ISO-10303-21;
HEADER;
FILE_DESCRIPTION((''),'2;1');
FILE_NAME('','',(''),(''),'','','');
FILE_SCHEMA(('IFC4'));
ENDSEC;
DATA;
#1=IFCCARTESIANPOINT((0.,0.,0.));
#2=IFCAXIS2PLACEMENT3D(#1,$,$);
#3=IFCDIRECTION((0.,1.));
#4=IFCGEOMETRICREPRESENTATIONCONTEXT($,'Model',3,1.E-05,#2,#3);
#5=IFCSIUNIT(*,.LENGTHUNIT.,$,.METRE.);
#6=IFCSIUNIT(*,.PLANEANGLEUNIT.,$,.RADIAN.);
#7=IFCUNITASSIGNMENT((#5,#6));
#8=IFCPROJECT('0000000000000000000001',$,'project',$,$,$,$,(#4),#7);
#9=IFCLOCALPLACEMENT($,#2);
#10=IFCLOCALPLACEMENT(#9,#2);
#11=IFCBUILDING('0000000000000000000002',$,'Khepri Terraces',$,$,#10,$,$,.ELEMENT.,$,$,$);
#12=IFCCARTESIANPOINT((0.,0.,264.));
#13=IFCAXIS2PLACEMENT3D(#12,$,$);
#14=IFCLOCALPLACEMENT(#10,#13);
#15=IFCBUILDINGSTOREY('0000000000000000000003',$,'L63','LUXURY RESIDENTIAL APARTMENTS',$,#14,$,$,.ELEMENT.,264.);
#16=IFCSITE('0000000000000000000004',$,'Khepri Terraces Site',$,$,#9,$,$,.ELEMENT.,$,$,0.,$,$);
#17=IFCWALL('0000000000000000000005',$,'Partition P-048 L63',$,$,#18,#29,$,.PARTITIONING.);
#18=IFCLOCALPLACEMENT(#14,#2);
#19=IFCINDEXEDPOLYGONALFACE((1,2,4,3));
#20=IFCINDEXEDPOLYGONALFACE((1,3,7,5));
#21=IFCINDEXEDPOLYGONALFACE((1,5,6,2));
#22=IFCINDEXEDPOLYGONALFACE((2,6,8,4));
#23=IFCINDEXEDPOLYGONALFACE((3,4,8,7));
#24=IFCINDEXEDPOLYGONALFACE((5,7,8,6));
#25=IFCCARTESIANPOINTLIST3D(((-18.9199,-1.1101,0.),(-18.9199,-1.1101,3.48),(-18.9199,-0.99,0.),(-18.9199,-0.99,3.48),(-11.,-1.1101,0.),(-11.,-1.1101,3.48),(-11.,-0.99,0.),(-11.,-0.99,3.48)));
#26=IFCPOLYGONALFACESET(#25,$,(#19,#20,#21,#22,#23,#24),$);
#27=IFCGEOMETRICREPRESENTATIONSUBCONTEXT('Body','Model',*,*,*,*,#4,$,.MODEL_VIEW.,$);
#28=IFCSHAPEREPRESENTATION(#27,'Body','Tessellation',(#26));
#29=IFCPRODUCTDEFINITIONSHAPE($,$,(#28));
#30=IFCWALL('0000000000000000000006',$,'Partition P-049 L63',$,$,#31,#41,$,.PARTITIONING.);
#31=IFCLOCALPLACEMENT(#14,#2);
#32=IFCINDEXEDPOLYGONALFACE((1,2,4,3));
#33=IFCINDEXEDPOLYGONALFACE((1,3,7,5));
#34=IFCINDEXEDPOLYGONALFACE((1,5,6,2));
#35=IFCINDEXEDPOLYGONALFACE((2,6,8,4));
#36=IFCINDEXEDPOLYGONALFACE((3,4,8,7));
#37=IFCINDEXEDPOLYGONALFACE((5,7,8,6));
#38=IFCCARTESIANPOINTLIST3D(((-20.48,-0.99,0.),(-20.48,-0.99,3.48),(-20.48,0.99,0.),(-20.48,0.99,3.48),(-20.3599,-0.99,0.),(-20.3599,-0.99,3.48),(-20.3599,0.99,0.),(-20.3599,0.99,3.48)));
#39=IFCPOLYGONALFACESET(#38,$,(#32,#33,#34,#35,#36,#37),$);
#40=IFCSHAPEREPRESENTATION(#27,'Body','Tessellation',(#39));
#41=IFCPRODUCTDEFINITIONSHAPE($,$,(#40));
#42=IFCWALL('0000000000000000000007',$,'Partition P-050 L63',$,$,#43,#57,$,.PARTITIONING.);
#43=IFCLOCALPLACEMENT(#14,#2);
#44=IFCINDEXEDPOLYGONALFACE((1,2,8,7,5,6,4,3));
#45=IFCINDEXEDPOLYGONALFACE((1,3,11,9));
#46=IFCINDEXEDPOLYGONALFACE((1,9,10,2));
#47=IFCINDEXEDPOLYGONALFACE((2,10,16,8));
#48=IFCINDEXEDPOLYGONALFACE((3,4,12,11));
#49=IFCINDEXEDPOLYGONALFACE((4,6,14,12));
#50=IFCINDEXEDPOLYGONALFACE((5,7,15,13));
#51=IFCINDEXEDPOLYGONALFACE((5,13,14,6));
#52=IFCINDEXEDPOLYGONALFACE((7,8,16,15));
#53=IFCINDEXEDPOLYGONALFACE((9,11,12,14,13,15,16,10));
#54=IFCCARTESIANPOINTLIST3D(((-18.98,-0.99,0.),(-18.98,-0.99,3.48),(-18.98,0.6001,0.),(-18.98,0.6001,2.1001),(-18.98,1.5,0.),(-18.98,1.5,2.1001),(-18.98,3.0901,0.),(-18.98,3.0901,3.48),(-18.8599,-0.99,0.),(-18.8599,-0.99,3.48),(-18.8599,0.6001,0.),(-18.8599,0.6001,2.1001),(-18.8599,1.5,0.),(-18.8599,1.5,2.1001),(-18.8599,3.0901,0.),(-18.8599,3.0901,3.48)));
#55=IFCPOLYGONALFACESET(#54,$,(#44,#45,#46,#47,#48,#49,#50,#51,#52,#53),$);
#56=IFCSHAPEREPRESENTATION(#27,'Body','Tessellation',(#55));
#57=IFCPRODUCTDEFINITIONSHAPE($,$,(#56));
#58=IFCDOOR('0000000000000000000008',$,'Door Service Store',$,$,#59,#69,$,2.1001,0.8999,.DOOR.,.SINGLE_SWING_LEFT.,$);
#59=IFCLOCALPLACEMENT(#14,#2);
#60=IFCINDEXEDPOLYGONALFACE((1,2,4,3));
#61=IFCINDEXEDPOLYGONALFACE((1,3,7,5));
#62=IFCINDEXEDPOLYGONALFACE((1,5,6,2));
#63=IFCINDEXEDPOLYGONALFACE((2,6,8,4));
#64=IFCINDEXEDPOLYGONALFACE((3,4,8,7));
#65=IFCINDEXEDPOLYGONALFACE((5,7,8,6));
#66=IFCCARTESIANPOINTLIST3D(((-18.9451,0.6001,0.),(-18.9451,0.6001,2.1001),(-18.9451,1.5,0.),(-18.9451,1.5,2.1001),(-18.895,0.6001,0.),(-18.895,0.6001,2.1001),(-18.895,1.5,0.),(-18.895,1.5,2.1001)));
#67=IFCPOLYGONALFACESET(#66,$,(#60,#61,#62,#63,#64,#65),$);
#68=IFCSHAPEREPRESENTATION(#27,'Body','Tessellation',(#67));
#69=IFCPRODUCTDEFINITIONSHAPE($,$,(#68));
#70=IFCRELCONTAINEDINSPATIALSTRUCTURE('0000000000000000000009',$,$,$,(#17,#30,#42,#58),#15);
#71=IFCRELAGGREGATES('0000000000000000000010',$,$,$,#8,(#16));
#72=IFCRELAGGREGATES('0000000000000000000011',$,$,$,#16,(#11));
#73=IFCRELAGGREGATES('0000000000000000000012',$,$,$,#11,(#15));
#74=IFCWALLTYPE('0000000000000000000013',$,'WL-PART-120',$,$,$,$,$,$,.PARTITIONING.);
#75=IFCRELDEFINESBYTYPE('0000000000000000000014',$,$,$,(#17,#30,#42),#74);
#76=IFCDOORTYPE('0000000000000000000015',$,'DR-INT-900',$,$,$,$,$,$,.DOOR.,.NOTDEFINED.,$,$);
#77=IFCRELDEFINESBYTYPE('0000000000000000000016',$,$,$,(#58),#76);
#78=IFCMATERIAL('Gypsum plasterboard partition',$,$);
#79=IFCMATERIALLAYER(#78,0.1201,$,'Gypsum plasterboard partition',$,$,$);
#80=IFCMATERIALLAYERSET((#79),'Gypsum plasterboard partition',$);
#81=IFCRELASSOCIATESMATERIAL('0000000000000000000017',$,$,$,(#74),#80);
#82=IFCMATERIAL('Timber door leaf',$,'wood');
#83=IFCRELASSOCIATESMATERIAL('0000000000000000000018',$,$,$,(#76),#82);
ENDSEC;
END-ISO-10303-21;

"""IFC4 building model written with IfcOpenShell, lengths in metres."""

from ifc_helpers import new_model, si_unit, direction, frame, frame_2d, origin, place, context, subcontext, project, spatial, rectangle, extrude, material, layer, layer_set, type_object, element, fill, save


model = new_model("IFC4")

# Units and contexts
model_context = context("Model", 3, precision=1e-05, world=origin(), true_north=direction((0.0, 1.0)))
body_context = subcontext(model_context, "Body", "Model", "MODEL_VIEW")
ifc_project = project(units=[si_unit("LENGTHUNIT", "METRE"), si_unit("PLANEANGLEUNIT", "RADIAN")], contexts=[model_context])

# Site, building, storey
site_placement = place(None, origin())
site = spatial("IfcSite", under=ifc_project, at=site_placement, Name="Khepri Terraces Site", CompositionType="ELEMENT", RefElevation=0.0)
building_placement = place(site_placement, origin())
building = spatial("IfcBuilding", under=site, at=building_placement, Name="Khepri Terraces", CompositionType="ELEMENT")
storey_placement = place(building_placement, frame((0.0, 0.0, 264.0)))
storey = spatial("IfcBuildingStorey", under=building, at=storey_placement, Name="L63", Description="LUXURY RESIDENTIAL APARTMENTS", CompositionType="ELEMENT", Elevation=264.0)

# Shared definitions
ifc_material_1 = material(Name="Gypsum plasterboard partition")
ifc_layer_1 = layer(ifc_material_1, 0.1201, Name="Gypsum plasterboard partition")
ifc_layer_set_1 = layer_set([ifc_layer_1], Name="Gypsum plasterboard partition")
wall_type_1 = type_object("IfcWallType", Name="WL-PART-120", PredefinedType="PARTITIONING", material=ifc_layer_set_1)

# Shared definitions
ifc_material_2 = material(Name="Timber door leaf", Category="wood")
door_type_1 = type_object("IfcDoorType", Name="DR-INT-900", OperationType="NOTDEFINED", PredefinedType="DOOR", material=ifc_material_2)

# Walls
wall_1_placement = place(storey_placement, frame((-18.9199, -1.05, 0.0), z_axis=(0.0, 0.0, 1.0), x_axis=(1.0, 0.0, 0.0)))
element("IfcWall", 1, at=wall_1_placement, inside=storey, type_object=wall_type_1, Name="Partition P-048 L63", PredefinedType="PARTITIONING", context=body_context, shape_type="SweptSolid", body=[
    extrude(rectangle(XDim=7.9199, YDim=0.1201, at=frame_2d((3.96, 0.0))), origin(), (0.0, 0.0, 1.0), 3.48),
])
wall_2_placement = place(storey_placement, frame((-20.4199, -0.99, 0.0), z_axis=(0.0, 0.0, 1.0), x_axis=(0.0, 1.0, 0.0)))
element("IfcWall", 2, at=wall_2_placement, inside=storey, type_object=wall_type_1, Name="Partition P-049 L63", PredefinedType="PARTITIONING", context=body_context, shape_type="SweptSolid", body=[
    extrude(rectangle(XDim=1.98, YDim=0.1201, at=frame_2d((0.99, 0.0))), origin(), (0.0, 0.0, 1.0), 3.48),
])

# Wall, opening, door
wall_3_placement = place(storey_placement, frame((-18.9199, -0.99, 0.0), z_axis=(0.0, 0.0, 1.0), x_axis=(0.0, 1.0, 0.0)))
wall_3 = element("IfcWall", 3, at=wall_3_placement, inside=storey, type_object=wall_type_1, Name="Partition P-050 L63", PredefinedType="PARTITIONING", context=body_context, shape_type="SweptSolid", body=[
    extrude(rectangle(XDim=4.0801, YDim=0.1201, at=frame_2d((2.04, 0.0))), origin(), (0.0, 0.0, 1.0), 3.48),
])
opening_1_placement = place(wall_3_placement, frame((1.5901, 0.0, 0.0)))
opening_1 = element("IfcOpeningElement", 4, at=opening_1_placement, cuts=wall_3, PredefinedType="OPENING", context=body_context, shape_type="SweptSolid", body=[
    extrude(rectangle(XDim=0.8999, YDim=2.1001, at=frame_2d((0.45, 1.05))), frame((0.0, 0.0701, 0.0), z_axis=(0.0, -1.0, 0.0), x_axis=(1.0, 0.0, 0.0)), (0.0, 0.0, 1.0), 0.1401),
])
door_1_placement = place(opening_1_placement, frame((0.8999, 0.0, 0.0), z_axis=(0.0, 0.0, 1.0), x_axis=(-1.0, 0.0, 0.0)))
door_1 = element("IfcDoor", 5, at=door_1_placement, inside=storey, type_object=door_type_1, Name="Door Service Store", OperationType="SINGLE_SWING_LEFT", OverallHeight=2.1001, OverallWidth=0.8999, PredefinedType="DOOR", context=body_context, shape_type="SweptSolid", body=[
    extrude(rectangle(XDim=0.8999, YDim=2.1001, at=frame_2d((0.45, 1.05))), frame((0.0, 0.0249, 0.0), z_axis=(0.0, -1.0, 0.0), x_axis=(1.0, 0.0, 0.0)), (0.0, 0.0, 1.0), 0.05),
])
fill(opening_1, door_1)

save(model, "model.ifc")
